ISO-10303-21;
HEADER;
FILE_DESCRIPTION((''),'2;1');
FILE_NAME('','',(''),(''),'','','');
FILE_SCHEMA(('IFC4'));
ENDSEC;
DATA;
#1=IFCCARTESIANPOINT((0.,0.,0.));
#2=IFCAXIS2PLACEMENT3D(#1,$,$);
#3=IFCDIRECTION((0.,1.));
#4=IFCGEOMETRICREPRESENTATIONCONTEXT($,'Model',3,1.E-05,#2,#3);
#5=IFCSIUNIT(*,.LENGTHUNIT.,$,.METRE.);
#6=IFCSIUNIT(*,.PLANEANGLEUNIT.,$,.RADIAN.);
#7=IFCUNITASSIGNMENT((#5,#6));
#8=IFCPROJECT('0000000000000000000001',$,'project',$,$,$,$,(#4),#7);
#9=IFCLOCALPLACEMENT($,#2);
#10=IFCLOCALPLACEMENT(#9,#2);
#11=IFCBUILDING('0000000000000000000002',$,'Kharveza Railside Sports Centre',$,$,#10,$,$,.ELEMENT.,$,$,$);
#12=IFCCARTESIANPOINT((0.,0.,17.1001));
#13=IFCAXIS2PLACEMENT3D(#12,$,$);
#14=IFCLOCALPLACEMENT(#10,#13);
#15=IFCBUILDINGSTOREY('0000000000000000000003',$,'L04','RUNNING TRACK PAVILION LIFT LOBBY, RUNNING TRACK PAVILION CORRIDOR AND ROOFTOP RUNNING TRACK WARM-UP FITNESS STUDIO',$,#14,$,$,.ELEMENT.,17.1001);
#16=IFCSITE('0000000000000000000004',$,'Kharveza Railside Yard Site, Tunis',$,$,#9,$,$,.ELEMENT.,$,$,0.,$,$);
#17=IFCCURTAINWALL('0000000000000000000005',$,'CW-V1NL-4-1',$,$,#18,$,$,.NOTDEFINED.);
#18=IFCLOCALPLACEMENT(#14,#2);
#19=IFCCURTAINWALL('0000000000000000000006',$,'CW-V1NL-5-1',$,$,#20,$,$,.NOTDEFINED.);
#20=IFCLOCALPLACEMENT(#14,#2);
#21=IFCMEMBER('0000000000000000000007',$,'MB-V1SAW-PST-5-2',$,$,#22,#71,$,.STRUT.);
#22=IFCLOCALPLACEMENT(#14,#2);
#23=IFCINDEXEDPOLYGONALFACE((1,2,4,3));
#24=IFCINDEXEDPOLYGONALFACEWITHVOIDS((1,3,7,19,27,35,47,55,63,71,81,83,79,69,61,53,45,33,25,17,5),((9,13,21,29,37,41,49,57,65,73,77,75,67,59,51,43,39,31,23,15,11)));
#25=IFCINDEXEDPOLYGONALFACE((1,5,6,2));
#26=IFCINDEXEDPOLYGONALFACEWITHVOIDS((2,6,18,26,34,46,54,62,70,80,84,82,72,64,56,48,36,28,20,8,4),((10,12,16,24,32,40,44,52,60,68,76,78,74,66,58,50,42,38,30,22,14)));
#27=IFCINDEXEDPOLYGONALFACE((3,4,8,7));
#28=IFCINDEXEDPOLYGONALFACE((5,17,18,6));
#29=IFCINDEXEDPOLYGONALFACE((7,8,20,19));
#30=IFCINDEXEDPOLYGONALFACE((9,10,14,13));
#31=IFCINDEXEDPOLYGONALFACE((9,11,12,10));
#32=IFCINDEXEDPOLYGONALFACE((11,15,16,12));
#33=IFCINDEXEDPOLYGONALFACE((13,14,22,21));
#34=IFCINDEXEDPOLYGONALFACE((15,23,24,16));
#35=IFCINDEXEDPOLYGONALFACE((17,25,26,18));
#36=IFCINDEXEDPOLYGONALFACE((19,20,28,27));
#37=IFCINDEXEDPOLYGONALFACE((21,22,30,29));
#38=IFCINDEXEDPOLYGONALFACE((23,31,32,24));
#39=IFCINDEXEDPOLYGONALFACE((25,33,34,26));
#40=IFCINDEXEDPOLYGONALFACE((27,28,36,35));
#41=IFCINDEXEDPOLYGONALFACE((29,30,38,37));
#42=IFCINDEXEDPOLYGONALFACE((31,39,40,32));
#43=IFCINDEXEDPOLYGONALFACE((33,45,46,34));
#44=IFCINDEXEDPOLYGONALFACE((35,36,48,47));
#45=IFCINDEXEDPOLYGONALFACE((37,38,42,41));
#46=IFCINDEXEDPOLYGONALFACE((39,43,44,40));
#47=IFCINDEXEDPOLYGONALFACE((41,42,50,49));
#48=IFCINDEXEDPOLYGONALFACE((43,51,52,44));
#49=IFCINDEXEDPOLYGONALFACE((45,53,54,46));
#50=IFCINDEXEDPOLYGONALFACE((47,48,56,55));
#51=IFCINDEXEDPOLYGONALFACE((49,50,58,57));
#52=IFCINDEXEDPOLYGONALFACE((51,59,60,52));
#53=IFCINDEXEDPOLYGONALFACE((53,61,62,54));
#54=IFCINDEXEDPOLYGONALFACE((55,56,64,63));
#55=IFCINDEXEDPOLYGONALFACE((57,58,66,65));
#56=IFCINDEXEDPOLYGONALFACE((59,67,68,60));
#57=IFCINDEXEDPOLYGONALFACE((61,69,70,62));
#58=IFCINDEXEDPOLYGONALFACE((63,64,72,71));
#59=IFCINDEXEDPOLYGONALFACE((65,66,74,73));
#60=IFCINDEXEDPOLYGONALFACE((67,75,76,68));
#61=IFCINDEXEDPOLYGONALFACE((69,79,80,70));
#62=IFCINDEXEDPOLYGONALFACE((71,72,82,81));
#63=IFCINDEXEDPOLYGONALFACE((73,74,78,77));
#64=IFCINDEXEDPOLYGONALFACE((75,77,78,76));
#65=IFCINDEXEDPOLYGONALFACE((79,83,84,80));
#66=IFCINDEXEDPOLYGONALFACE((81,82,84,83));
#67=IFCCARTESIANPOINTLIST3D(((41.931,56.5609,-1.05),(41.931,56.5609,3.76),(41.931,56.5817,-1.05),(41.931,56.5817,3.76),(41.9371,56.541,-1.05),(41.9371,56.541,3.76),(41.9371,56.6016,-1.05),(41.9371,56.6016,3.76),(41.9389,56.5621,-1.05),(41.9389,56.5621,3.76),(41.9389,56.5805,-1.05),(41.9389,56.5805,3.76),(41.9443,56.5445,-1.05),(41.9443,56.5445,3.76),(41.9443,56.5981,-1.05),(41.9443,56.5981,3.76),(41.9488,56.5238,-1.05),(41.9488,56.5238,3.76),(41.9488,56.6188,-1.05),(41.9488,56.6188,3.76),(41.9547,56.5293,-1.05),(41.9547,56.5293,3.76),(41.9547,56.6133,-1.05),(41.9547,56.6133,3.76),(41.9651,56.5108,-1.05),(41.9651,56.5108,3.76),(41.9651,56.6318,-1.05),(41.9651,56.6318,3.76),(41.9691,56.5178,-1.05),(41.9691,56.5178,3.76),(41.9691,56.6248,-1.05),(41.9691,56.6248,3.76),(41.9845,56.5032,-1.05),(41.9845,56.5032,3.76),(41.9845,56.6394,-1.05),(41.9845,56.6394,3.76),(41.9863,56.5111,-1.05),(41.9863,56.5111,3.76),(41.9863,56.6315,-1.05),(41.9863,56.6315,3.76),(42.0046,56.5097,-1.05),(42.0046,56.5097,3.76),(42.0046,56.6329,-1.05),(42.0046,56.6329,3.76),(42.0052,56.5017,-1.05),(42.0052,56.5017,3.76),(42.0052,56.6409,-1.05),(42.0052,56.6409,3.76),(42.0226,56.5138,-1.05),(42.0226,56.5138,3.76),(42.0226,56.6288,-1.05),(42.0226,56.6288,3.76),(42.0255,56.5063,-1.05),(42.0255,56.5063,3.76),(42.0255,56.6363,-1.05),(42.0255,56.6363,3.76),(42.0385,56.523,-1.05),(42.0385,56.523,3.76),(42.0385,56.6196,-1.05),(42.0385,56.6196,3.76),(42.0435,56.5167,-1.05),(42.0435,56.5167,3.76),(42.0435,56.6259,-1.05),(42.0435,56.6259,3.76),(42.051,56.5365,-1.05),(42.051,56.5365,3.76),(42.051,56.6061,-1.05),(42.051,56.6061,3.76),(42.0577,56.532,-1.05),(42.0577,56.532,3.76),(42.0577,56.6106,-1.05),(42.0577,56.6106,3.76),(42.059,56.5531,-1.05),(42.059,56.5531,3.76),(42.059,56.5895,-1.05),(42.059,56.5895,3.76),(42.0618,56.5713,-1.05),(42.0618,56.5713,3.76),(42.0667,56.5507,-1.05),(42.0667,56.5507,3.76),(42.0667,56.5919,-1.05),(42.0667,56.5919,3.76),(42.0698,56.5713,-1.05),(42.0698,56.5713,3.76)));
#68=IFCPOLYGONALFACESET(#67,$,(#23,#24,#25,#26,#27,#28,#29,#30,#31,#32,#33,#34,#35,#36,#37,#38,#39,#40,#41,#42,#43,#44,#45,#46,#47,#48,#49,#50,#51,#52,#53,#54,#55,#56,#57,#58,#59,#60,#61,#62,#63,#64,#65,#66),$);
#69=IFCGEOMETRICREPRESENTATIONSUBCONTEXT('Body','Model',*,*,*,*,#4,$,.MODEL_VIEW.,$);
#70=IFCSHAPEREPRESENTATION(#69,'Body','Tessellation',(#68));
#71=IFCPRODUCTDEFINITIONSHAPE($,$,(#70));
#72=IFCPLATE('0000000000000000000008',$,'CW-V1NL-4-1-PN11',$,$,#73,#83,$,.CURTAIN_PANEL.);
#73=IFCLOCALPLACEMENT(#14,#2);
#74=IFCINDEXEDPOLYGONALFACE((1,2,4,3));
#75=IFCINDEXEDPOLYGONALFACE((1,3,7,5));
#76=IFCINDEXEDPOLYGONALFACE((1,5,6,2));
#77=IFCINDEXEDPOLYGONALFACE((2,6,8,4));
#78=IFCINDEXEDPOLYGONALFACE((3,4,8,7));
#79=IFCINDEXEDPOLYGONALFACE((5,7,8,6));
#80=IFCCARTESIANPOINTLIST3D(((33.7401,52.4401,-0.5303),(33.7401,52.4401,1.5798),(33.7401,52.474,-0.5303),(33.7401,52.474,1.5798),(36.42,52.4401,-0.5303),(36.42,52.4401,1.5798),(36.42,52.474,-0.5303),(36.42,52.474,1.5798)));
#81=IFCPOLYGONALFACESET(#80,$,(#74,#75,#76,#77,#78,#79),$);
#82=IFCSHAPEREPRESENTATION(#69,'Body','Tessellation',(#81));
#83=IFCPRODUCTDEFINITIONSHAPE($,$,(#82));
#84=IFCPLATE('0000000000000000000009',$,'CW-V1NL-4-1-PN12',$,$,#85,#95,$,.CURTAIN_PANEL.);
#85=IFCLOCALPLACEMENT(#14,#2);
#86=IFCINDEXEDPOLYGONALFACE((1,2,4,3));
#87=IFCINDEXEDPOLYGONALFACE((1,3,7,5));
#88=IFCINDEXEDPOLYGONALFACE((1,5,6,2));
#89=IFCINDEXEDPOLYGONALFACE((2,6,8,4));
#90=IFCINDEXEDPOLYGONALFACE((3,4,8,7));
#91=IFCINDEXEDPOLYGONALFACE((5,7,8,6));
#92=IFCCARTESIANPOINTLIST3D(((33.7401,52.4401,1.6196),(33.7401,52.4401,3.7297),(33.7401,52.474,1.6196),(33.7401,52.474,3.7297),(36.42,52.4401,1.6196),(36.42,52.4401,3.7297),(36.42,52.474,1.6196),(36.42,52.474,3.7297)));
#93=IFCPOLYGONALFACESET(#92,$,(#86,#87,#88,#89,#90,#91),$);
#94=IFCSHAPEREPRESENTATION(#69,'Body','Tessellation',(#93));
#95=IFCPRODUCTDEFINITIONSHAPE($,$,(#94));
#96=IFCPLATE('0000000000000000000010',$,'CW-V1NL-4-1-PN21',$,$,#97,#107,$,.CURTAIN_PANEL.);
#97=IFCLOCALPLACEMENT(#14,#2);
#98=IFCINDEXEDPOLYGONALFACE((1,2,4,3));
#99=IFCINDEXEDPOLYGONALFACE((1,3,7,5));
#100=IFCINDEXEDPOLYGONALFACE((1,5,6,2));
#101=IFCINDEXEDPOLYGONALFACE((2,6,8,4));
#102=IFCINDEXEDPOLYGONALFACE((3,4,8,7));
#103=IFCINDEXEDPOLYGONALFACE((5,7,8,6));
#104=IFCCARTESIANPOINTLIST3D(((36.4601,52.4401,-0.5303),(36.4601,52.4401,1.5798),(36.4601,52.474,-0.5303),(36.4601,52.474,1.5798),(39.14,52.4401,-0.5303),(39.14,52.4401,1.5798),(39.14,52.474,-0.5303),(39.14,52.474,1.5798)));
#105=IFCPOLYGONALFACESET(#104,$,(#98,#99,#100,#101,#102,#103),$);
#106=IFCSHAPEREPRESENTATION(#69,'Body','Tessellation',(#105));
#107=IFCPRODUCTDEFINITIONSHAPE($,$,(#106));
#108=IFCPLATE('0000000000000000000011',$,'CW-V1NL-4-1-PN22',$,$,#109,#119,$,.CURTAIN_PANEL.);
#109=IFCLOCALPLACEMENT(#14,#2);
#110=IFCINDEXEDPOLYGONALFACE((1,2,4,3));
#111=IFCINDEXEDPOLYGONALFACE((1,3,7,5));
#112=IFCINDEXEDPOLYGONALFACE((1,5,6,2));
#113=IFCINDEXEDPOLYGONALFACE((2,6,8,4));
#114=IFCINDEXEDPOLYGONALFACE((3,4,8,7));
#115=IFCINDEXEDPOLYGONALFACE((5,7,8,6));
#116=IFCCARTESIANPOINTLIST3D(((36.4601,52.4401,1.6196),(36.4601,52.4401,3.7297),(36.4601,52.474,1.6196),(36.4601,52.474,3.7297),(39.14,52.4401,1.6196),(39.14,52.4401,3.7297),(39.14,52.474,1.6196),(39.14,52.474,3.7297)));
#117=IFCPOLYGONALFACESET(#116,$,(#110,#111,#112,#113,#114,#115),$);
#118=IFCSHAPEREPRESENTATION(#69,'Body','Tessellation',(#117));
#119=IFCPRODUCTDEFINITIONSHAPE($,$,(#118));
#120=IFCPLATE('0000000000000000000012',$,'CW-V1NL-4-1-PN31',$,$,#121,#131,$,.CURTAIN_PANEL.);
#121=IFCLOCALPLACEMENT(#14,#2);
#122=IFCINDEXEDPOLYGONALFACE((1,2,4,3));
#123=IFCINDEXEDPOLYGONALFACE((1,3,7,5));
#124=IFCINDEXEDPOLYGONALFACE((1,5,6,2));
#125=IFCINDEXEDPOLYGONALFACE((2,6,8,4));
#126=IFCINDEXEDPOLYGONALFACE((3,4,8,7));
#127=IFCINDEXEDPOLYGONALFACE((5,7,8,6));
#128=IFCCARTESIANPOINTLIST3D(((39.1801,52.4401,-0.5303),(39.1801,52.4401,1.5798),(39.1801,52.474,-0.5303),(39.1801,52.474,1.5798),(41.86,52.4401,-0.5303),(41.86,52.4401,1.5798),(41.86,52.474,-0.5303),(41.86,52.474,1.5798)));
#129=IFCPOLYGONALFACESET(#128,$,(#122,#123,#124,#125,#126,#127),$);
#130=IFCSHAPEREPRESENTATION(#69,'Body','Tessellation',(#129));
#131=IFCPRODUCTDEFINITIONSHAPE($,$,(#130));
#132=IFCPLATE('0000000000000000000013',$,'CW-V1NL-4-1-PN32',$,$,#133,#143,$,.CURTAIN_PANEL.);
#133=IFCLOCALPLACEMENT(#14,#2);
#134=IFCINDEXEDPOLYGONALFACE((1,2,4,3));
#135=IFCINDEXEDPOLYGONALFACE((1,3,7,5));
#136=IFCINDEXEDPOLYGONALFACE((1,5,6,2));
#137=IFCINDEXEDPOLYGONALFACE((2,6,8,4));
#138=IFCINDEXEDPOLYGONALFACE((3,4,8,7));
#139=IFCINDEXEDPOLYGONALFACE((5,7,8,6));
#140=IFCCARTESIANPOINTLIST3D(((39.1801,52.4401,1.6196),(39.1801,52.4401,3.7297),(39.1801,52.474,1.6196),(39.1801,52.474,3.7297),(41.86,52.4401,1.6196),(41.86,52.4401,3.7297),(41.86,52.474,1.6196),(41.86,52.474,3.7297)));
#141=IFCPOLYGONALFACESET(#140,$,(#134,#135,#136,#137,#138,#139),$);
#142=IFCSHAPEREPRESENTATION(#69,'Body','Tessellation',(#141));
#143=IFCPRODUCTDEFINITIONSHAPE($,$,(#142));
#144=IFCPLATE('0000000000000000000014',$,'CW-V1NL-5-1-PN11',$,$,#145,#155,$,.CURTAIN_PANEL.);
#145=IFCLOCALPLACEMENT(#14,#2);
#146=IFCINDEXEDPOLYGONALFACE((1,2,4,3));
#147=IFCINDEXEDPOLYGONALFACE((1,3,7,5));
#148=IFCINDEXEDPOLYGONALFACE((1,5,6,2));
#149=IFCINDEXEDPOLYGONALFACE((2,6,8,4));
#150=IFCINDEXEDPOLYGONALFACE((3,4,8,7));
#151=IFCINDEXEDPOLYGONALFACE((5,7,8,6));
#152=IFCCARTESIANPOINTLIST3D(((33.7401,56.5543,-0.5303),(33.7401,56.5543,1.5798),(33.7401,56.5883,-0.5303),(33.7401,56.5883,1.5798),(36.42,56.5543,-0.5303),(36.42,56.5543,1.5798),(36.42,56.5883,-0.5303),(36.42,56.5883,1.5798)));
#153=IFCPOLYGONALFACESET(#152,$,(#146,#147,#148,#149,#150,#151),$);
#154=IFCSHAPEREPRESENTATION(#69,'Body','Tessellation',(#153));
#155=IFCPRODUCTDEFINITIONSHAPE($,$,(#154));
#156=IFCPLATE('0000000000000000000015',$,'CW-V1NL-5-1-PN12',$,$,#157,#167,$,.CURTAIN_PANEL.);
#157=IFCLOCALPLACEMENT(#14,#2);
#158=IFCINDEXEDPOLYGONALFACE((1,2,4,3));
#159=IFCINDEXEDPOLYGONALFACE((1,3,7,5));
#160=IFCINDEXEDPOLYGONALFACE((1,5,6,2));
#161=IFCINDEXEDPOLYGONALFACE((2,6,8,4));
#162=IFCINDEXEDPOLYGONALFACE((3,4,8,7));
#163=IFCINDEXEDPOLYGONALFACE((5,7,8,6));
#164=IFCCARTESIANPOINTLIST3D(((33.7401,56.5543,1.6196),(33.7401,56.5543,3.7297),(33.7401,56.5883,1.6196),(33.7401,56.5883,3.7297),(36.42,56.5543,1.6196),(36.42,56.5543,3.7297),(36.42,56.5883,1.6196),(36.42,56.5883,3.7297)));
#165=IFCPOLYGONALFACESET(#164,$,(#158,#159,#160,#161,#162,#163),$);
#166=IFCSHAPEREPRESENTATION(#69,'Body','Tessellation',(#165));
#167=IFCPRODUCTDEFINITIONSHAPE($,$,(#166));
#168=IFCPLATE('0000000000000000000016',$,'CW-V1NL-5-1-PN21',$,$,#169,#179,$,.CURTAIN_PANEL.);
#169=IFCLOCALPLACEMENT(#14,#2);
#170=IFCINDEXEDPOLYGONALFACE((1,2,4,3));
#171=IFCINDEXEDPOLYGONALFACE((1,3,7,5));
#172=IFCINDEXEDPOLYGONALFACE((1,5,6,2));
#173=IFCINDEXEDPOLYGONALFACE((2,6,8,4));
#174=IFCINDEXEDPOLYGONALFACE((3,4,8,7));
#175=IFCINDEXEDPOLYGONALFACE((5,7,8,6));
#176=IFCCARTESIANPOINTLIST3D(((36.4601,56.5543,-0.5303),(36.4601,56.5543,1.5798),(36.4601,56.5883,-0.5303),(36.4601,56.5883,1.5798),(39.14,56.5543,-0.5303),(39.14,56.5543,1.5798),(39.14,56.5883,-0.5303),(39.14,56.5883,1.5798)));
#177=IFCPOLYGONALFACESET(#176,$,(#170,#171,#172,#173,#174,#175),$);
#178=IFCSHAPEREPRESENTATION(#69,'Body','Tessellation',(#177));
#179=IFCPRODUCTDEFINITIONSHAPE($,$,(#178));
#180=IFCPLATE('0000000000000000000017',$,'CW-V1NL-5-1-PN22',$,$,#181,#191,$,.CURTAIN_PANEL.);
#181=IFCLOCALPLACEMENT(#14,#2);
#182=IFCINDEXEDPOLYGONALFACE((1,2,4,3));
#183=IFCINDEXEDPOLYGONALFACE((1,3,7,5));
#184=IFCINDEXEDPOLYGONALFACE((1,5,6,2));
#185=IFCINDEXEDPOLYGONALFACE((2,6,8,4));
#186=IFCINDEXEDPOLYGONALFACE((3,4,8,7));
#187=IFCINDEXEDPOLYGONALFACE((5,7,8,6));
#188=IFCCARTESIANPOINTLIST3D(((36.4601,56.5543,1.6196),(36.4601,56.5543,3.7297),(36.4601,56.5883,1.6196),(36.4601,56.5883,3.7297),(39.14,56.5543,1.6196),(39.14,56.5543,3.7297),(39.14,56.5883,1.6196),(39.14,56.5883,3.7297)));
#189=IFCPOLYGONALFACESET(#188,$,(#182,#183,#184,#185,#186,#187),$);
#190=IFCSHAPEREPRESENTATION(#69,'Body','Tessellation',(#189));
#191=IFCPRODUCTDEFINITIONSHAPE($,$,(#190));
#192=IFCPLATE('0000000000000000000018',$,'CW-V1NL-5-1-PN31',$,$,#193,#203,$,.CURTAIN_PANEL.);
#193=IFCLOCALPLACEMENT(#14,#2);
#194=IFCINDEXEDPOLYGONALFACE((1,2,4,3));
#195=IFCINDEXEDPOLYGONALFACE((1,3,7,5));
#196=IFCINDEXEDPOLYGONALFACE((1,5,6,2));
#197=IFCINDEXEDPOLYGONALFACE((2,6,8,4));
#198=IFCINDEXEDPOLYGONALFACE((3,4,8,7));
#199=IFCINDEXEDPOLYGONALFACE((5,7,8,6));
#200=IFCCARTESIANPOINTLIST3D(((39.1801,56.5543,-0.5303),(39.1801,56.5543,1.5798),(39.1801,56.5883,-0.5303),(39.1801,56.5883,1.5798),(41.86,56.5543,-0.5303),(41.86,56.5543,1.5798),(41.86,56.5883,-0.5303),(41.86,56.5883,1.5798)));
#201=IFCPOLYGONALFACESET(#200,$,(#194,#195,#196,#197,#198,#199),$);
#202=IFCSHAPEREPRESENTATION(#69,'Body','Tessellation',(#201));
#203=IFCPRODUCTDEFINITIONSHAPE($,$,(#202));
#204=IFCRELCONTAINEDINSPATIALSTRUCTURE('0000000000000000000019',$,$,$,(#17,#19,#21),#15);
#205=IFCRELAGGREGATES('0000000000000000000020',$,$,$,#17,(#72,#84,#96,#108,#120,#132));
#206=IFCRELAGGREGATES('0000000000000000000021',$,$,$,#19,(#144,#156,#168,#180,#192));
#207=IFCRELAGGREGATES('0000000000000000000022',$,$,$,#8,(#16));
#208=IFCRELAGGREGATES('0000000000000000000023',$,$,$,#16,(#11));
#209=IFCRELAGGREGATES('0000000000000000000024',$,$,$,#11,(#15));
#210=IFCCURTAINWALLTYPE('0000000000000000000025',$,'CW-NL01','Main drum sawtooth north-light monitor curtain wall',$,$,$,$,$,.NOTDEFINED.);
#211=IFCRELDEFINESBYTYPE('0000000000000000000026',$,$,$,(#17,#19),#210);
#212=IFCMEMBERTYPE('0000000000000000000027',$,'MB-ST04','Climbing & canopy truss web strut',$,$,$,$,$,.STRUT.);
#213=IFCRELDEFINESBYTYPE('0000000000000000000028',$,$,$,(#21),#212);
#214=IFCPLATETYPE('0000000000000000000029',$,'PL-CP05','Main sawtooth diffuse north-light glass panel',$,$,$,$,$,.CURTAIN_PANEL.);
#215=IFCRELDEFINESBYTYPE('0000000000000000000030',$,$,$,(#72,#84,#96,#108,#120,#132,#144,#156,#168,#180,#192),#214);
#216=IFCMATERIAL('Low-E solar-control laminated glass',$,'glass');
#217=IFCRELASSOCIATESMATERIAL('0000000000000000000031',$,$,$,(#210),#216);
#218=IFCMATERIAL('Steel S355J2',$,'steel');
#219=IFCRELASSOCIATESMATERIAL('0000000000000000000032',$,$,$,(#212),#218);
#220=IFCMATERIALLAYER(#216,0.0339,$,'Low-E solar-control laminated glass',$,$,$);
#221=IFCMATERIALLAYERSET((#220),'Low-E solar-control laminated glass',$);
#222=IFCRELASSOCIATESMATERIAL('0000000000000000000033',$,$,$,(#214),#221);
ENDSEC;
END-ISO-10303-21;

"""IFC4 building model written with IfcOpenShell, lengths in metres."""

from ifc_helpers import new_model, si_unit, direction, frame, origin, origin_2d, place, context, subcontext, project, spatial, rectangle, hollow_circle, extrude, material, layer, layer_set, material_profile, profile_set, type_object, element, aggregate, save


model = new_model("IFC4")

# Units and contexts
model_context = context("Model", 3, precision=1e-05, world=origin(), true_north=direction((0.0, 1.0)))
body_context = subcontext(model_context, "Body", "Model", "MODEL_VIEW")
ifc_project = project(units=[si_unit("LENGTHUNIT", "METRE"), si_unit("PLANEANGLEUNIT", "RADIAN")], contexts=[model_context])

# Site, building, storey
site_placement = place(None, origin())
site = spatial("IfcSite", under=ifc_project, at=site_placement, Name="Kharveza Railside Yard Site, Tunis", CompositionType="ELEMENT", RefElevation=0.0)
building_placement = place(site_placement, origin())
building = spatial("IfcBuilding", under=site, at=building_placement, Name="Kharveza Railside Sports Centre", CompositionType="ELEMENT")
storey_placement = place(building_placement, frame((0.0, 0.0, 17.1001)))
storey = spatial("IfcBuildingStorey", under=building, at=storey_placement, Name="L04", Description="RUNNING TRACK PAVILION LIFT LOBBY, RUNNING TRACK PAVILION CORRIDOR AND ROOFTOP RUNNING TRACK WARM-UP FITNESS STUDIO", CompositionType="ELEMENT", Elevation=17.1001)

# Shared definitions
ifc_material_1 = material(Name="Steel S355J2", Category="steel")

# Curtain walls
ifc_material_2 = material(Name="Low-E solar-control laminated glass", Category="glass")
curtain_wall_type = type_object("IfcCurtainWallType", Name="CW-NL01", Description="Main drum sawtooth north-light monitor curtain wall", PredefinedType="NOTDEFINED", material=ifc_material_2)
curtain_wall_1_placement = place(storey_placement, origin())
curtain_wall_1 = element("IfcCurtainWall", 1, at=curtain_wall_1_placement, inside=storey, type_object=curtain_wall_type, Name="CW-V1NL-4-1", PredefinedType="NOTDEFINED")
curtain_wall_2_placement = place(storey_placement, origin())
curtain_wall_2 = element("IfcCurtainWall", 2, at=curtain_wall_2_placement, inside=storey, type_object=curtain_wall_type, Name="CW-V1NL-5-1", PredefinedType="NOTDEFINED")

# Member
ifc_material_profile_1 = material_profile(ifc_material_1, hollow_circle(Radius=0.0698, WallThickness=0.0081, at=origin_2d()), Name="CHS 139.7x8.0")
ifc_profile_set_1 = profile_set([ifc_material_profile_1], Name="Steel S355J2")
member_type_1 = type_object("IfcMemberType", Name="MB-ST04", Description="Climbing & canopy truss web strut", PredefinedType="STRUT", material=ifc_profile_set_1)
for number, where, z_axis, x_axis, name in (
    (3, (42.0, 56.5713, -1.05), (0.0, 0.0, 1.0), (1.0, 0.0, 0.0), "MB-V1SAW-PST-5-2"),
):
    element("IfcMember", number, at=place(storey_placement, frame(where, z_axis=z_axis, x_axis=x_axis)), inside=storey, type_object=member_type_1, Name=name, PredefinedType="STRUT", context=body_context, shape_type="SweptSolid", body=[
        extrude(hollow_circle(Radius=0.0698, WallThickness=0.0081, at=origin_2d()), origin(), (0.0, 0.0, 1.0), 4.8101),
    ])

# Plates
ifc_layer = layer(ifc_material_2, 0.0339, Name="Low-E solar-control laminated glass")
ifc_layer_set = layer_set([ifc_layer], Name="Low-E solar-control laminated glass")
plate_type = type_object("IfcPlateType", Name="PL-CP05", Description="Main sawtooth diffuse north-light glass panel", PredefinedType="CURTAIN_PANEL", material=ifc_layer_set)
plate_1_placement = place(storey_placement, frame((35.0801, 52.457, -0.5303), z_axis=(0.0, 0.0, 1.0), x_axis=(1.0, 0.0, 0.0)))
plate_1 = element("IfcPlate", 4, at=plate_1_placement, type_object=plate_type, Name="CW-V1NL-4-1-PN11", PredefinedType="CURTAIN_PANEL", context=body_context, shape_type="SweptSolid", body=[
    extrude(rectangle(XDim=2.6799, YDim=0.0339, at=origin_2d()), origin(), (0.0, 0.0, 1.0), 2.1101),
])
plate_2_placement = place(storey_placement, frame((35.0801, 52.457, 1.6196), z_axis=(0.0, 0.0, 1.0), x_axis=(1.0, 0.0, 0.0)))
plate_2 = element("IfcPlate", 5, at=plate_2_placement, type_object=plate_type, Name="CW-V1NL-4-1-PN12", PredefinedType="CURTAIN_PANEL", context=body_context, shape_type="SweptSolid", body=[
    extrude(rectangle(XDim=2.6799, YDim=0.0339, at=origin_2d()), origin(), (0.0, 0.0, 1.0), 2.1101),
])
plate_3_placement = place(storey_placement, frame((37.8, 52.457, -0.5303), z_axis=(0.0, 0.0, 1.0), x_axis=(1.0, 0.0, 0.0)))
plate_3 = element("IfcPlate", 6, at=plate_3_placement, type_object=plate_type, Name="CW-V1NL-4-1-PN21", PredefinedType="CURTAIN_PANEL", context=body_context, shape_type="SweptSolid", body=[
    extrude(rectangle(XDim=2.6799, YDim=0.0339, at=origin_2d()), origin(), (0.0, 0.0, 1.0), 2.1101),
])
plate_4_placement = place(storey_placement, frame((37.8, 52.457, 1.6196), z_axis=(0.0, 0.0, 1.0), x_axis=(1.0, 0.0, 0.0)))
plate_4 = element("IfcPlate", 7, at=plate_4_placement, type_object=plate_type, Name="CW-V1NL-4-1-PN22", PredefinedType="CURTAIN_PANEL", context=body_context, shape_type="SweptSolid", body=[
    extrude(rectangle(XDim=2.6799, YDim=0.0339, at=origin_2d()), origin(), (0.0, 0.0, 1.0), 2.1101),
])
plate_5_placement = place(storey_placement, frame((40.52, 52.457, -0.5303), z_axis=(0.0, 0.0, 1.0), x_axis=(1.0, 0.0, 0.0)))
plate_5 = element("IfcPlate", 8, at=plate_5_placement, type_object=plate_type, Name="CW-V1NL-4-1-PN31", PredefinedType="CURTAIN_PANEL", context=body_context, shape_type="SweptSolid", body=[
    extrude(rectangle(XDim=2.6799, YDim=0.0339, at=origin_2d()), origin(), (0.0, 0.0, 1.0), 2.1101),
])
plate_6_placement = place(storey_placement, frame((40.52, 52.457, 1.6196), z_axis=(0.0, 0.0, 1.0), x_axis=(1.0, 0.0, 0.0)))
plate_6 = element("IfcPlate", 9, at=plate_6_placement, type_object=plate_type, Name="CW-V1NL-4-1-PN32", PredefinedType="CURTAIN_PANEL", context=body_context, shape_type="SweptSolid", body=[
    extrude(rectangle(XDim=2.6799, YDim=0.0339, at=origin_2d()), origin(), (0.0, 0.0, 1.0), 2.1101),
])
aggregate(curtain_wall_1, [plate_1, plate_2, plate_3, plate_4, plate_5, plate_6])
plate_7_placement = place(storey_placement, frame((35.0801, 56.5713, -0.5303), z_axis=(0.0, 0.0, 1.0), x_axis=(1.0, 0.0, 0.0)))
plate_7 = element("IfcPlate", 10, at=plate_7_placement, type_object=plate_type, Name="CW-V1NL-5-1-PN11", PredefinedType="CURTAIN_PANEL", context=body_context, shape_type="SweptSolid", body=[
    extrude(rectangle(XDim=2.6799, YDim=0.0339, at=origin_2d()), origin(), (0.0, 0.0, 1.0), 2.1101),
])
plate_8_placement = place(storey_placement, frame((35.0801, 56.5713, 1.6196), z_axis=(0.0, 0.0, 1.0), x_axis=(1.0, 0.0, 0.0)))
plate_8 = element("IfcPlate", 11, at=plate_8_placement, type_object=plate_type, Name="CW-V1NL-5-1-PN12", PredefinedType="CURTAIN_PANEL", context=body_context, shape_type="SweptSolid", body=[
    extrude(rectangle(XDim=2.6799, YDim=0.0339, at=origin_2d()), origin(), (0.0, 0.0, 1.0), 2.1101),
])
plate_9_placement = place(storey_placement, frame((37.8, 56.5713, -0.5303), z_axis=(0.0, 0.0, 1.0), x_axis=(1.0, 0.0, 0.0)))
plate_9 = element("IfcPlate", 12, at=plate_9_placement, type_object=plate_type, Name="CW-V1NL-5-1-PN21", PredefinedType="CURTAIN_PANEL", context=body_context, shape_type="SweptSolid", body=[
    extrude(rectangle(XDim=2.6799, YDim=0.0339, at=origin_2d()), origin(), (0.0, 0.0, 1.0), 2.1101),
])
plate_10_placement = place(storey_placement, frame((37.8, 56.5713, 1.6196), z_axis=(0.0, 0.0, 1.0), x_axis=(1.0, 0.0, 0.0)))
plate_10 = element("IfcPlate", 13, at=plate_10_placement, type_object=plate_type, Name="CW-V1NL-5-1-PN22", PredefinedType="CURTAIN_PANEL", context=body_context, shape_type="SweptSolid", body=[
    extrude(rectangle(XDim=2.6799, YDim=0.0339, at=origin_2d()), origin(), (0.0, 0.0, 1.0), 2.1101),
])
plate_11_placement = place(storey_placement, frame((40.52, 56.5713, -0.5303), z_axis=(0.0, 0.0, 1.0), x_axis=(1.0, 0.0, 0.0)))
plate_11 = element("IfcPlate", 14, at=plate_11_placement, type_object=plate_type, Name="CW-V1NL-5-1-PN31", PredefinedType="CURTAIN_PANEL", context=body_context, shape_type="SweptSolid", body=[
    extrude(rectangle(XDim=2.6799, YDim=0.0339, at=origin_2d()), origin(), (0.0, 0.0, 1.0), 2.1101),
])
aggregate(curtain_wall_2, [plate_7, plate_8, plate_9, plate_10, plate_11])

save(model, "model.ifc")
